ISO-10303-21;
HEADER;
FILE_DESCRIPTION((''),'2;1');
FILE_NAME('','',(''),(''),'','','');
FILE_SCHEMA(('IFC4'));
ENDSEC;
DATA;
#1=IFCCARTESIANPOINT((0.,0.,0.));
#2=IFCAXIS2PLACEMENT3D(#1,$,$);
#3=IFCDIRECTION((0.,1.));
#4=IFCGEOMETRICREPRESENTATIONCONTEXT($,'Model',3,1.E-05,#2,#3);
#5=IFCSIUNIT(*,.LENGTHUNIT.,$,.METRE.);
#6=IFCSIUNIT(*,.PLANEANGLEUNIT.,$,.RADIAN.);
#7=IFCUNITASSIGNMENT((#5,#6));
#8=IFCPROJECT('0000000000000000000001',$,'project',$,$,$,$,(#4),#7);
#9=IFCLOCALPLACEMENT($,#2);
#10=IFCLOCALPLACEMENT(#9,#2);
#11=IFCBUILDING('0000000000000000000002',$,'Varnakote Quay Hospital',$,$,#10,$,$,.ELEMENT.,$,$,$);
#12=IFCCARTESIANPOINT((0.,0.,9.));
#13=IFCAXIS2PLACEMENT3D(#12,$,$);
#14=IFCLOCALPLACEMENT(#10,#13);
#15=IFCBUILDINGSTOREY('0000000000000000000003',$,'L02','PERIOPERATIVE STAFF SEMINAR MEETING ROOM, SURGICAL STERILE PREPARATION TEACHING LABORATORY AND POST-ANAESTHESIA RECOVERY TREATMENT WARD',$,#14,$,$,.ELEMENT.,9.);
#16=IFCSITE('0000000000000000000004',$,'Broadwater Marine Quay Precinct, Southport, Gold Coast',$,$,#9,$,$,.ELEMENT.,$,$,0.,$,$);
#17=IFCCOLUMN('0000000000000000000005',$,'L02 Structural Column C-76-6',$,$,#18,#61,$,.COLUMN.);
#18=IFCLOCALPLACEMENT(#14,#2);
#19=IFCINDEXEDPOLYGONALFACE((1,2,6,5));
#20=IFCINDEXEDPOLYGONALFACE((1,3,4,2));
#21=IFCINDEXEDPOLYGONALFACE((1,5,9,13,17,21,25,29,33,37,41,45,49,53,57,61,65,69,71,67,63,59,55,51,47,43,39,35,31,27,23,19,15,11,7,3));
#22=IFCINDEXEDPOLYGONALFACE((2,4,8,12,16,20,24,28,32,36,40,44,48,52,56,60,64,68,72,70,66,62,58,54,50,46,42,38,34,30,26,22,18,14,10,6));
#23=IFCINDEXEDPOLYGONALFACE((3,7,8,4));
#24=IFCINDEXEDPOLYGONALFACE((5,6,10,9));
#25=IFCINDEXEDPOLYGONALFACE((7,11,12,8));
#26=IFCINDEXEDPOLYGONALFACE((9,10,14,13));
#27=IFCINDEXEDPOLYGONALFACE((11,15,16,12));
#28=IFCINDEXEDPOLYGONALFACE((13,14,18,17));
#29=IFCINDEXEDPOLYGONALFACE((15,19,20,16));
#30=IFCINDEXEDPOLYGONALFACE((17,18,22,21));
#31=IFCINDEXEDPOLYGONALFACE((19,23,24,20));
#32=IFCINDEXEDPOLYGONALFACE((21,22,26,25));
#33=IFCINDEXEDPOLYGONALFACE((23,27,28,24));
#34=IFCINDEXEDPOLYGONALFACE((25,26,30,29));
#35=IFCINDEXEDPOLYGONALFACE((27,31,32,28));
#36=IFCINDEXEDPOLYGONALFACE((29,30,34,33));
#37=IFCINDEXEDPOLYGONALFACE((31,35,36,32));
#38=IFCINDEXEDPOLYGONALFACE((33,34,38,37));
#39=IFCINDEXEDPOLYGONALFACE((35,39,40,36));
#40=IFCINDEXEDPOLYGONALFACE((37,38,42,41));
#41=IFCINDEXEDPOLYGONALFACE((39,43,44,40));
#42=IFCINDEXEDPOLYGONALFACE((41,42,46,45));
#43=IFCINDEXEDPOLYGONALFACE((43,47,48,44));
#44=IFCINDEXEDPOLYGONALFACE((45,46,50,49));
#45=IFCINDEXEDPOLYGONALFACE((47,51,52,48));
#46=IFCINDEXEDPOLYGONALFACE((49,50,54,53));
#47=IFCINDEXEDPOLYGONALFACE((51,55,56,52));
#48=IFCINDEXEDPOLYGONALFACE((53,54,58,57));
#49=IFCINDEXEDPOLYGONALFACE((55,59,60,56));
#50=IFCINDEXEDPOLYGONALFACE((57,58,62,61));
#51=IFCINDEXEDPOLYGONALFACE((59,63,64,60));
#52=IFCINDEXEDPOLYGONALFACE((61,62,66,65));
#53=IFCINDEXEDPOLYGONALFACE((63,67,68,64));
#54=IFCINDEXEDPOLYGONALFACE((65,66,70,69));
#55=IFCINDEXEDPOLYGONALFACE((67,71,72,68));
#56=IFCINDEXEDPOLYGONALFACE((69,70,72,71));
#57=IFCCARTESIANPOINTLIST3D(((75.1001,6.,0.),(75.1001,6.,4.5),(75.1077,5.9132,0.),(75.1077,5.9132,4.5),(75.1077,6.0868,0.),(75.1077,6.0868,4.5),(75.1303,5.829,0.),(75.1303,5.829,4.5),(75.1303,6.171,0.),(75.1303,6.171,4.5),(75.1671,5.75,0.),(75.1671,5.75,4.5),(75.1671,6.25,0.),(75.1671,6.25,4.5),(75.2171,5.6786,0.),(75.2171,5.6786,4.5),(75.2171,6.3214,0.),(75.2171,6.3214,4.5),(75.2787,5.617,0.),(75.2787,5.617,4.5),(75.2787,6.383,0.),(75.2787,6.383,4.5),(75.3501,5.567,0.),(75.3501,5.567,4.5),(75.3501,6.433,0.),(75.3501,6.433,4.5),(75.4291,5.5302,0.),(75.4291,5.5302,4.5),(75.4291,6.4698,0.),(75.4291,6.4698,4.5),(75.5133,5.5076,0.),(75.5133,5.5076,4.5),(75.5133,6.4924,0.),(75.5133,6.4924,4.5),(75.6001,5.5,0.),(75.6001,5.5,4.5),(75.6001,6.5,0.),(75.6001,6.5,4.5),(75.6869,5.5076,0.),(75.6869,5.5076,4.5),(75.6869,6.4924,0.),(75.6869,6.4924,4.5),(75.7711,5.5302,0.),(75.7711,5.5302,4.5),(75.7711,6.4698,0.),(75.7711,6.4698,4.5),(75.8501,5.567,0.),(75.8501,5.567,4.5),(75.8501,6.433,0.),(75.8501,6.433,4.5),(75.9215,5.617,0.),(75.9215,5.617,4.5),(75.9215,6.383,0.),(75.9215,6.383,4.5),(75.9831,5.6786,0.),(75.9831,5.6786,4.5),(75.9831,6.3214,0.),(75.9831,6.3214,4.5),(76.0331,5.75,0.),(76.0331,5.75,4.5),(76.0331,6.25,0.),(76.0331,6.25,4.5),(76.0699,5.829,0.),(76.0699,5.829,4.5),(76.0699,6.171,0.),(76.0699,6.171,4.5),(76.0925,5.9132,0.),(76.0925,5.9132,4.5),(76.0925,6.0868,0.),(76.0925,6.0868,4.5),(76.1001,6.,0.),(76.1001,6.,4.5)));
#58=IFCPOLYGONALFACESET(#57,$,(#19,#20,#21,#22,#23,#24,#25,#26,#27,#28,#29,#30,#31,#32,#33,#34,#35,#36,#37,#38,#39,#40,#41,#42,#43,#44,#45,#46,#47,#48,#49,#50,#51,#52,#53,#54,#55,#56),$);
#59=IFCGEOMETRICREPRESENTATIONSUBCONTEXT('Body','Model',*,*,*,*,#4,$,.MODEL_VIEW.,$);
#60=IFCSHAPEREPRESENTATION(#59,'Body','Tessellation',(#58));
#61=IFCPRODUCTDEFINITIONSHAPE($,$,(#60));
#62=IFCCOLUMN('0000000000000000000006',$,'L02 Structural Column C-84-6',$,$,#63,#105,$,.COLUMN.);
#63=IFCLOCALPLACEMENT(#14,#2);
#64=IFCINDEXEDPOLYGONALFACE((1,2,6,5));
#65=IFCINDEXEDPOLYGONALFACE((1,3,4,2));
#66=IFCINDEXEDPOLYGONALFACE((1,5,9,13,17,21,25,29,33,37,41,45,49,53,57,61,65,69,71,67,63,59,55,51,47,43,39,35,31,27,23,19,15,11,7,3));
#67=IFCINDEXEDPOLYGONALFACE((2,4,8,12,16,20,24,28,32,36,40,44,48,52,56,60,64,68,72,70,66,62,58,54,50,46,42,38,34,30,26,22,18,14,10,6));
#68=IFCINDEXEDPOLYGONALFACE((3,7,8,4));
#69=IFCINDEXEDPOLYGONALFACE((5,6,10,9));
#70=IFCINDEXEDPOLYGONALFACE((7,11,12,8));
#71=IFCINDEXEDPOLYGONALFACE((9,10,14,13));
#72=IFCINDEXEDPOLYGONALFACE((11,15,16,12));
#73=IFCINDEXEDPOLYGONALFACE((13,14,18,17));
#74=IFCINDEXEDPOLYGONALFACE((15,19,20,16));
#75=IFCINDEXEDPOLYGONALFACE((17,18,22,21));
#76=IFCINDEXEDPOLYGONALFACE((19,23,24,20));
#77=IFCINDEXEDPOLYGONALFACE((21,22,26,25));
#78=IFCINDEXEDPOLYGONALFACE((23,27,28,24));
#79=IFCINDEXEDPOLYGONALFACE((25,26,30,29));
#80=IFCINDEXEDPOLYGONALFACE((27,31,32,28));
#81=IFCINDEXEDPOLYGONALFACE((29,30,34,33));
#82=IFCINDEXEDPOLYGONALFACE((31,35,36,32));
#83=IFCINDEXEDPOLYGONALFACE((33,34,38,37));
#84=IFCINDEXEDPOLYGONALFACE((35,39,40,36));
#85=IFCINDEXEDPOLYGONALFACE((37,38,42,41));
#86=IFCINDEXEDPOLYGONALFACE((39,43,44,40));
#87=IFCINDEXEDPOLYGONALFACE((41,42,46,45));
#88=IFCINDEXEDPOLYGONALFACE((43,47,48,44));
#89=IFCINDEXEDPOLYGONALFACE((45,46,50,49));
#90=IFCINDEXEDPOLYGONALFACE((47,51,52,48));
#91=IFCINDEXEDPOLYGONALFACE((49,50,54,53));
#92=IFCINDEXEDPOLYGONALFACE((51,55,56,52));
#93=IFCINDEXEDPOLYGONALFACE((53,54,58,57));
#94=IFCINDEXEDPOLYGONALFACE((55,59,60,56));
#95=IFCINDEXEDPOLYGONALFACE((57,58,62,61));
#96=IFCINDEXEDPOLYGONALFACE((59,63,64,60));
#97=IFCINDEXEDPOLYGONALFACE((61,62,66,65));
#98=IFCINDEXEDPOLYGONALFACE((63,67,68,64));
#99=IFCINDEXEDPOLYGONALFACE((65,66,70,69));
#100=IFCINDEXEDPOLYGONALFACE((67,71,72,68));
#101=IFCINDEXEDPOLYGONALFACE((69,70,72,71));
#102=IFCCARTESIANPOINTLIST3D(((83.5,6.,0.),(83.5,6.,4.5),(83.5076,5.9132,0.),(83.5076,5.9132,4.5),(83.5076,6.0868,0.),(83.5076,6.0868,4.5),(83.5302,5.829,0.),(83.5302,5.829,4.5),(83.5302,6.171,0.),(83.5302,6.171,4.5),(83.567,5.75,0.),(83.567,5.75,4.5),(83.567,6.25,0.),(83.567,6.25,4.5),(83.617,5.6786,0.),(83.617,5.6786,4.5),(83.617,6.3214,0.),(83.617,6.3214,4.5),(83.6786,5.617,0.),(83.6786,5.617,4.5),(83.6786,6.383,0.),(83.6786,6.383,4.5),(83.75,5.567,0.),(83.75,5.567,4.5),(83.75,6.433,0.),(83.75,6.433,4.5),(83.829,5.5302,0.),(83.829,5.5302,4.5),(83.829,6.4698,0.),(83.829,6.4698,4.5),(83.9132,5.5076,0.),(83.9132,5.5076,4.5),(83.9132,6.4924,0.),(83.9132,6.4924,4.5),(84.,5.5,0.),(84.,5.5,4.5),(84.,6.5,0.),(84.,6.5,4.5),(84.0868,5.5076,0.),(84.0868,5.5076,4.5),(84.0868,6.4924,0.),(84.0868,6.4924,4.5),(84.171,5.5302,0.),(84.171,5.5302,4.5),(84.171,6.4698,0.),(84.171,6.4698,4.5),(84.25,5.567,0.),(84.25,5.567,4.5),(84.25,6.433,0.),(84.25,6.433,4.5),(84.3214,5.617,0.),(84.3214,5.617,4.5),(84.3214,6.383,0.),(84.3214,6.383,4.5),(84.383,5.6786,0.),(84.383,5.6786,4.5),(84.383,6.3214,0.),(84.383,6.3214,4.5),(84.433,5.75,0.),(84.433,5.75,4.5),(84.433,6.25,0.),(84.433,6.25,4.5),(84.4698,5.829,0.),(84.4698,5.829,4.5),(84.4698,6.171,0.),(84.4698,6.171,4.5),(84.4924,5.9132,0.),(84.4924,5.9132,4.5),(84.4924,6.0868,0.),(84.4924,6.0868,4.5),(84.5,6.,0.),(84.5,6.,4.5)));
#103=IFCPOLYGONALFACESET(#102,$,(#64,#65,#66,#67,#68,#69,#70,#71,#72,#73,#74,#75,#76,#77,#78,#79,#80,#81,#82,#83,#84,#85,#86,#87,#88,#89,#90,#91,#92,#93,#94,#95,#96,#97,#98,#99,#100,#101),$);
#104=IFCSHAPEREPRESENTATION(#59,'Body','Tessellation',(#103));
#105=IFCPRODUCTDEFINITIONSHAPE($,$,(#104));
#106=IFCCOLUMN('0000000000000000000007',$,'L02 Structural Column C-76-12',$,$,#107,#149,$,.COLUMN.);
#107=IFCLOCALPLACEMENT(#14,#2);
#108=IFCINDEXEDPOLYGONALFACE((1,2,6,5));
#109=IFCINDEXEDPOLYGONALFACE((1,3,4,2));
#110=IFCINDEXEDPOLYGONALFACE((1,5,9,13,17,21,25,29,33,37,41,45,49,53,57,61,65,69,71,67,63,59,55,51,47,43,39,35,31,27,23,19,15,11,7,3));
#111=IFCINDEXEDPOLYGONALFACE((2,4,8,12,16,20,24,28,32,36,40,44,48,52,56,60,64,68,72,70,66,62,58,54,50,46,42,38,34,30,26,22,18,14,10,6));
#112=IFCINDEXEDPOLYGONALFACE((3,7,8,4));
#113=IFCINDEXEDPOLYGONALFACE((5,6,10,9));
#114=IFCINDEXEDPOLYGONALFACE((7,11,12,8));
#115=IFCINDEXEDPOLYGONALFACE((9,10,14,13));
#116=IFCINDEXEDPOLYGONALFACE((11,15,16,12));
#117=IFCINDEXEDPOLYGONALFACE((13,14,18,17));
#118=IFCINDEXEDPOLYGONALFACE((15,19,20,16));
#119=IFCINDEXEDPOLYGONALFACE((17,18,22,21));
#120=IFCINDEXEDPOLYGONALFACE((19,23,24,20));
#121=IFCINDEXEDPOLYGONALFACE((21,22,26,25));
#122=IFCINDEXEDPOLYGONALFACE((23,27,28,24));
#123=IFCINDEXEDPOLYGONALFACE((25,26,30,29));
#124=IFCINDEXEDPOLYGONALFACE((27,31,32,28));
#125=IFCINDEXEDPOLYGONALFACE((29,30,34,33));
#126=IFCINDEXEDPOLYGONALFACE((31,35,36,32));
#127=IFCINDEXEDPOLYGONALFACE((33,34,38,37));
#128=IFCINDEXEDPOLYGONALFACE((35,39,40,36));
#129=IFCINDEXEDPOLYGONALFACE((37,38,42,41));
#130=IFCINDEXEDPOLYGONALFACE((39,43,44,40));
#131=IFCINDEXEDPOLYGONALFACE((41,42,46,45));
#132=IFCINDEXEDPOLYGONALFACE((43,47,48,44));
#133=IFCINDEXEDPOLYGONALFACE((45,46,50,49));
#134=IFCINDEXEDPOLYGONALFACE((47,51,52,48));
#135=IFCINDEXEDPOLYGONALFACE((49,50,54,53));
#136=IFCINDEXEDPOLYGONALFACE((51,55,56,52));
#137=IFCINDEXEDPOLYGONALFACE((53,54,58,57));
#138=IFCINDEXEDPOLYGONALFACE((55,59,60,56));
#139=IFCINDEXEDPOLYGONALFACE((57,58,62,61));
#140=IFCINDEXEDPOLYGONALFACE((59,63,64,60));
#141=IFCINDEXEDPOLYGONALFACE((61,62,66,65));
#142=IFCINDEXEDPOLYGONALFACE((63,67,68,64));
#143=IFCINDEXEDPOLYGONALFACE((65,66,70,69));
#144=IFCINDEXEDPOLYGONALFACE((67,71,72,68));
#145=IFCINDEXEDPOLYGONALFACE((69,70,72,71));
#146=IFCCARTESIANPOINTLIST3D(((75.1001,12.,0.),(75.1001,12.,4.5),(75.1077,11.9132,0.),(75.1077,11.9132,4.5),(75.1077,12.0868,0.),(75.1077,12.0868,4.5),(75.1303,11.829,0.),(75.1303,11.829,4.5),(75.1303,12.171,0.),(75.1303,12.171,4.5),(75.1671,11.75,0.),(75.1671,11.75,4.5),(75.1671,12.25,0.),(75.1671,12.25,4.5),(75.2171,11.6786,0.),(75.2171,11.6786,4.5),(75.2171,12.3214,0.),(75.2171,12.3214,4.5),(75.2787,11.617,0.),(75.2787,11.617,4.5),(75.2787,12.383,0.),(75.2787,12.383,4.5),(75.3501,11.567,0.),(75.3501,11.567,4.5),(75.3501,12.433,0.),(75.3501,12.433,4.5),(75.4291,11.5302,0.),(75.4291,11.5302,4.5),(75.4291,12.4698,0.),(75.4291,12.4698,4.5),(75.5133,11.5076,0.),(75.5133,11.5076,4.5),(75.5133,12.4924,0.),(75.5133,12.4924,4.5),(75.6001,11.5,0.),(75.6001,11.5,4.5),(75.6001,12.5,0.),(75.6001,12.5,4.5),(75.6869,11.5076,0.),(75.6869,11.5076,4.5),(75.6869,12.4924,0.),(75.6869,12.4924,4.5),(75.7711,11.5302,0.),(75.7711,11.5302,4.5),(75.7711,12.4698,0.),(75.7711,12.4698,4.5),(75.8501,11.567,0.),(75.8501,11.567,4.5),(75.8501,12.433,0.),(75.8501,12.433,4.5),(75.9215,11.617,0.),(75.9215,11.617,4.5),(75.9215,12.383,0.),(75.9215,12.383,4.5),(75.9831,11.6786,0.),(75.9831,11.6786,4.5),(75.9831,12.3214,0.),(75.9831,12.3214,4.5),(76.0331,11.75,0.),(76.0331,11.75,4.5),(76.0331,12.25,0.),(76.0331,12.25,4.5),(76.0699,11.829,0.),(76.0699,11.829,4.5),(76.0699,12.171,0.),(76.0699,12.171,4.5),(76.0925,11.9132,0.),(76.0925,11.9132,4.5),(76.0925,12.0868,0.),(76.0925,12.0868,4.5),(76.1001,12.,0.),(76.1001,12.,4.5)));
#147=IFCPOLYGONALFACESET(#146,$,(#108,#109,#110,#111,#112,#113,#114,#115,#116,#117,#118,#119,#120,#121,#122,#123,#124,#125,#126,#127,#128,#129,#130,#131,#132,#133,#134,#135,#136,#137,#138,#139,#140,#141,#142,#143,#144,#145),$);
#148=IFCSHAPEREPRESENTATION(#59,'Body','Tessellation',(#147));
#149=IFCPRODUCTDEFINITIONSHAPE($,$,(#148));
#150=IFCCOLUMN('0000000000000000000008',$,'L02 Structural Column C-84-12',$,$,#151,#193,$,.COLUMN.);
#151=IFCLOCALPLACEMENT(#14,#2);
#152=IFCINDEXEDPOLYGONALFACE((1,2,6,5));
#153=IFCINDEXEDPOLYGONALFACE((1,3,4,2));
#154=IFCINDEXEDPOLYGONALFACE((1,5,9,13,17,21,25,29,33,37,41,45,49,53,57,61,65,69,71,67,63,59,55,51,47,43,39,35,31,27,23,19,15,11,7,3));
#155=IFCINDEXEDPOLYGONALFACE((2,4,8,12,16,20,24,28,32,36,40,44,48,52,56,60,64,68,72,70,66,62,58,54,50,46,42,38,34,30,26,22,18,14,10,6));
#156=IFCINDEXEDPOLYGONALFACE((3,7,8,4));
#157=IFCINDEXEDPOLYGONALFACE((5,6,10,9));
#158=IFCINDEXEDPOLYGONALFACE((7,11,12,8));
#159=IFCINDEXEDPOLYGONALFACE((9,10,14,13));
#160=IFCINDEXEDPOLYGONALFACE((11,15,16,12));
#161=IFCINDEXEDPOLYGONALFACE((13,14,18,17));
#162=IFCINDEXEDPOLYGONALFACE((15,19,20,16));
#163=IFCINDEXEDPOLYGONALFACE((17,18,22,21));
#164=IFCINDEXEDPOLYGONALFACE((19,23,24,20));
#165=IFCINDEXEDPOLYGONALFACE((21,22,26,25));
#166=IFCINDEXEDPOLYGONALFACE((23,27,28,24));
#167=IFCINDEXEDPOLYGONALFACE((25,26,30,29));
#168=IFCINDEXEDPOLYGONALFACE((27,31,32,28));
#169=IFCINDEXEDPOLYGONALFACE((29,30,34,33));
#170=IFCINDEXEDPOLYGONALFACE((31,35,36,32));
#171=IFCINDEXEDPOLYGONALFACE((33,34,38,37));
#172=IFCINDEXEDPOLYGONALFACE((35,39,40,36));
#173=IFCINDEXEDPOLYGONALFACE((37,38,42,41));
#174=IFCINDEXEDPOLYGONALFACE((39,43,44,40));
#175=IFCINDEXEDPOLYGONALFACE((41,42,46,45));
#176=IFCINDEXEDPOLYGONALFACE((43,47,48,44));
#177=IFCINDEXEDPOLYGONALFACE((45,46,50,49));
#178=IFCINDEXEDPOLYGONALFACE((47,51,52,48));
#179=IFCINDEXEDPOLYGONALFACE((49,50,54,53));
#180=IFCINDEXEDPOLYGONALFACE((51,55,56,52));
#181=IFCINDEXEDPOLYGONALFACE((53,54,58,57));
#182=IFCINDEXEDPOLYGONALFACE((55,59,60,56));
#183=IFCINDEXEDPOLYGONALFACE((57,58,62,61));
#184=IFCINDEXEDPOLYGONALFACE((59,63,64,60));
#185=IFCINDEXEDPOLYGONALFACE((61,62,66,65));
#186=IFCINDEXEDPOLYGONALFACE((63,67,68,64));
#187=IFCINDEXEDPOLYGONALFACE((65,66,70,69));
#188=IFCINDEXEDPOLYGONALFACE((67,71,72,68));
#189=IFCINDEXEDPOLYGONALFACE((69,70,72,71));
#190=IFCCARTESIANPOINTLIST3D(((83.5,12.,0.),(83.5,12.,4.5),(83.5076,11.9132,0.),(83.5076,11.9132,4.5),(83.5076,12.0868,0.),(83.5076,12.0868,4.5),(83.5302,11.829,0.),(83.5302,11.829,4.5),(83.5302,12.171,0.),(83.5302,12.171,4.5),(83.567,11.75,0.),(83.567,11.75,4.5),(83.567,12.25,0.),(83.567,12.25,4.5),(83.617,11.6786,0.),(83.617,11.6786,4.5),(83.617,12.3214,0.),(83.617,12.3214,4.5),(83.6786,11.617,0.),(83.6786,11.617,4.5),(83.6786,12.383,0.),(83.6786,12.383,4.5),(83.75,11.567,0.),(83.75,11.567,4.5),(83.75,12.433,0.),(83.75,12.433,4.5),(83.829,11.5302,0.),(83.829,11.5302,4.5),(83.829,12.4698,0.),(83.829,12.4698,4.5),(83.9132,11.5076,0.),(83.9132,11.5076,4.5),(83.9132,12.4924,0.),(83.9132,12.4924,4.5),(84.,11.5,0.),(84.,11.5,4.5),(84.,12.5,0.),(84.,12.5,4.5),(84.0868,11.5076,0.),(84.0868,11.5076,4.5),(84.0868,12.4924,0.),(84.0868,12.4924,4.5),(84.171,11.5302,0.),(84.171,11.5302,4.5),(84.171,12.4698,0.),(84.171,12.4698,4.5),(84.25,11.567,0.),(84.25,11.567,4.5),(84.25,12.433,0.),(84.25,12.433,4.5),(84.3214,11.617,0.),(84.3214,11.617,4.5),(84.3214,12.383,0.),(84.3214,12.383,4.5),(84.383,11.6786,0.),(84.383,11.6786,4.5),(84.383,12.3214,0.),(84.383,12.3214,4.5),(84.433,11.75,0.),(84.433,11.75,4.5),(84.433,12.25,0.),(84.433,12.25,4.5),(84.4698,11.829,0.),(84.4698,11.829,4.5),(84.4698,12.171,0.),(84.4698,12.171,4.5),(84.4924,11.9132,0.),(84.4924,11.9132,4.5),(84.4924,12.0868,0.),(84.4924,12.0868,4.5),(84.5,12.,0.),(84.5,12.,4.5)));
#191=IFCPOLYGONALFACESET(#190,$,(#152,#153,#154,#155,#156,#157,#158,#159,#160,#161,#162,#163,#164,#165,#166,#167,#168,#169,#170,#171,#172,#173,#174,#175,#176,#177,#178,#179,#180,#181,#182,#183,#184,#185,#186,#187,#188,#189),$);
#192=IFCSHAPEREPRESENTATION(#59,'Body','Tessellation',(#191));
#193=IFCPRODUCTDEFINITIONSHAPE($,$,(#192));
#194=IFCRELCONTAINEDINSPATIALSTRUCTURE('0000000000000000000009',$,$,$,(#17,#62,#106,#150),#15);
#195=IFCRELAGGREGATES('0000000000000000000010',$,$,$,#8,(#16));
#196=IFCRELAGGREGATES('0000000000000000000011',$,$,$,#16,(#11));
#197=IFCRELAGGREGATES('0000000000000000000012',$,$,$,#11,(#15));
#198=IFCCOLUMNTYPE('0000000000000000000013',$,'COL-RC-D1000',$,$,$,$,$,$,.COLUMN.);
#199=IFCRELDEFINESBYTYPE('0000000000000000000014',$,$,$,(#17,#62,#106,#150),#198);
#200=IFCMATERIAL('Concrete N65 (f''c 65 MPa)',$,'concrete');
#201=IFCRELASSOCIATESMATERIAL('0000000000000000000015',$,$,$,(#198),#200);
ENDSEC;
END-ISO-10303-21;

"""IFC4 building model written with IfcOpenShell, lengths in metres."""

from ifc_helpers import new_model, si_unit, direction, frame, origin, origin_2d, place, context, subcontext, project, spatial, circle, extrude, material, material_profile, profile_set, type_object, element, save


model = new_model("IFC4")

# Units and contexts
model_context = context("Model", 3, precision=1e-05, world=origin(), true_north=direction((0.0, 1.0)))
body_context = subcontext(model_context, "Body", "Model", "MODEL_VIEW")
ifc_project = project(units=[si_unit("LENGTHUNIT", "METRE"), si_unit("PLANEANGLEUNIT", "RADIAN")], contexts=[model_context])

# Site, building, storey
site_placement = place(None, origin())
site = spatial("IfcSite", under=ifc_project, at=site_placement, Name="Broadwater Marine Quay Precinct, Southport, Gold Coast", CompositionType="ELEMENT", RefElevation=0.0)
building_placement = place(site_placement, origin())
building = spatial("IfcBuilding", under=site, at=building_placement, Name="Varnakote Quay Hospital", CompositionType="ELEMENT")
storey_placement = place(building_placement, frame((0.0, 0.0, 9.0)))
storey = spatial("IfcBuildingStorey", under=building, at=storey_placement, Name="L02", Description="PERIOPERATIVE STAFF SEMINAR MEETING ROOM, SURGICAL STERILE PREPARATION TEACHING LABORATORY AND POST-ANAESTHESIA RECOVERY TREATMENT WARD", CompositionType="ELEMENT", Elevation=9.0)

# Columns
ifc_material_1 = material(Name="Concrete N65 (f'c 65 MPa)", Category="concrete")
ifc_material_profile_1 = material_profile(ifc_material_1, circle(Radius=0.5, at=origin_2d()), Name="RC-COL-D1000")
ifc_profile_set_1 = profile_set([ifc_material_profile_1], Name="Concrete N65 (f'c 65 MPa)")
column_type = type_object("IfcColumnType", Name="COL-RC-D1000", PredefinedType="COLUMN", material=ifc_profile_set_1)
for number, where, z_axis, x_axis, name in (
    (1, (75.6001, 6.0, 0.0), (0.0, 0.0, 1.0), (1.0, 0.0, 0.0), "L02 Structural Column C-76-6"),
    (2, (84.0, 6.0, 0.0), (0.0, 0.0, 1.0), (1.0, 0.0, 0.0), "L02 Structural Column C-84-6"),
    (3, (75.6001, 12.0, 0.0), (0.0, 0.0, 1.0), (1.0, 0.0, 0.0), "L02 Structural Column C-76-12"),
    (4, (84.0, 12.0, 0.0), (0.0, 0.0, 1.0), (1.0, 0.0, 0.0), "L02 Structural Column C-84-12"),
):
    element("IfcColumn", number, at=place(storey_placement, frame(where, z_axis=z_axis, x_axis=x_axis)), inside=storey, type_object=column_type, Name=name, PredefinedType="COLUMN", context=body_context, shape_type="SweptSolid", body=[
        extrude(circle(Radius=0.5, at=origin_2d()), origin(), (0.0, 0.0, 1.0), 4.5),
    ])

save(model, "model.ifc")
